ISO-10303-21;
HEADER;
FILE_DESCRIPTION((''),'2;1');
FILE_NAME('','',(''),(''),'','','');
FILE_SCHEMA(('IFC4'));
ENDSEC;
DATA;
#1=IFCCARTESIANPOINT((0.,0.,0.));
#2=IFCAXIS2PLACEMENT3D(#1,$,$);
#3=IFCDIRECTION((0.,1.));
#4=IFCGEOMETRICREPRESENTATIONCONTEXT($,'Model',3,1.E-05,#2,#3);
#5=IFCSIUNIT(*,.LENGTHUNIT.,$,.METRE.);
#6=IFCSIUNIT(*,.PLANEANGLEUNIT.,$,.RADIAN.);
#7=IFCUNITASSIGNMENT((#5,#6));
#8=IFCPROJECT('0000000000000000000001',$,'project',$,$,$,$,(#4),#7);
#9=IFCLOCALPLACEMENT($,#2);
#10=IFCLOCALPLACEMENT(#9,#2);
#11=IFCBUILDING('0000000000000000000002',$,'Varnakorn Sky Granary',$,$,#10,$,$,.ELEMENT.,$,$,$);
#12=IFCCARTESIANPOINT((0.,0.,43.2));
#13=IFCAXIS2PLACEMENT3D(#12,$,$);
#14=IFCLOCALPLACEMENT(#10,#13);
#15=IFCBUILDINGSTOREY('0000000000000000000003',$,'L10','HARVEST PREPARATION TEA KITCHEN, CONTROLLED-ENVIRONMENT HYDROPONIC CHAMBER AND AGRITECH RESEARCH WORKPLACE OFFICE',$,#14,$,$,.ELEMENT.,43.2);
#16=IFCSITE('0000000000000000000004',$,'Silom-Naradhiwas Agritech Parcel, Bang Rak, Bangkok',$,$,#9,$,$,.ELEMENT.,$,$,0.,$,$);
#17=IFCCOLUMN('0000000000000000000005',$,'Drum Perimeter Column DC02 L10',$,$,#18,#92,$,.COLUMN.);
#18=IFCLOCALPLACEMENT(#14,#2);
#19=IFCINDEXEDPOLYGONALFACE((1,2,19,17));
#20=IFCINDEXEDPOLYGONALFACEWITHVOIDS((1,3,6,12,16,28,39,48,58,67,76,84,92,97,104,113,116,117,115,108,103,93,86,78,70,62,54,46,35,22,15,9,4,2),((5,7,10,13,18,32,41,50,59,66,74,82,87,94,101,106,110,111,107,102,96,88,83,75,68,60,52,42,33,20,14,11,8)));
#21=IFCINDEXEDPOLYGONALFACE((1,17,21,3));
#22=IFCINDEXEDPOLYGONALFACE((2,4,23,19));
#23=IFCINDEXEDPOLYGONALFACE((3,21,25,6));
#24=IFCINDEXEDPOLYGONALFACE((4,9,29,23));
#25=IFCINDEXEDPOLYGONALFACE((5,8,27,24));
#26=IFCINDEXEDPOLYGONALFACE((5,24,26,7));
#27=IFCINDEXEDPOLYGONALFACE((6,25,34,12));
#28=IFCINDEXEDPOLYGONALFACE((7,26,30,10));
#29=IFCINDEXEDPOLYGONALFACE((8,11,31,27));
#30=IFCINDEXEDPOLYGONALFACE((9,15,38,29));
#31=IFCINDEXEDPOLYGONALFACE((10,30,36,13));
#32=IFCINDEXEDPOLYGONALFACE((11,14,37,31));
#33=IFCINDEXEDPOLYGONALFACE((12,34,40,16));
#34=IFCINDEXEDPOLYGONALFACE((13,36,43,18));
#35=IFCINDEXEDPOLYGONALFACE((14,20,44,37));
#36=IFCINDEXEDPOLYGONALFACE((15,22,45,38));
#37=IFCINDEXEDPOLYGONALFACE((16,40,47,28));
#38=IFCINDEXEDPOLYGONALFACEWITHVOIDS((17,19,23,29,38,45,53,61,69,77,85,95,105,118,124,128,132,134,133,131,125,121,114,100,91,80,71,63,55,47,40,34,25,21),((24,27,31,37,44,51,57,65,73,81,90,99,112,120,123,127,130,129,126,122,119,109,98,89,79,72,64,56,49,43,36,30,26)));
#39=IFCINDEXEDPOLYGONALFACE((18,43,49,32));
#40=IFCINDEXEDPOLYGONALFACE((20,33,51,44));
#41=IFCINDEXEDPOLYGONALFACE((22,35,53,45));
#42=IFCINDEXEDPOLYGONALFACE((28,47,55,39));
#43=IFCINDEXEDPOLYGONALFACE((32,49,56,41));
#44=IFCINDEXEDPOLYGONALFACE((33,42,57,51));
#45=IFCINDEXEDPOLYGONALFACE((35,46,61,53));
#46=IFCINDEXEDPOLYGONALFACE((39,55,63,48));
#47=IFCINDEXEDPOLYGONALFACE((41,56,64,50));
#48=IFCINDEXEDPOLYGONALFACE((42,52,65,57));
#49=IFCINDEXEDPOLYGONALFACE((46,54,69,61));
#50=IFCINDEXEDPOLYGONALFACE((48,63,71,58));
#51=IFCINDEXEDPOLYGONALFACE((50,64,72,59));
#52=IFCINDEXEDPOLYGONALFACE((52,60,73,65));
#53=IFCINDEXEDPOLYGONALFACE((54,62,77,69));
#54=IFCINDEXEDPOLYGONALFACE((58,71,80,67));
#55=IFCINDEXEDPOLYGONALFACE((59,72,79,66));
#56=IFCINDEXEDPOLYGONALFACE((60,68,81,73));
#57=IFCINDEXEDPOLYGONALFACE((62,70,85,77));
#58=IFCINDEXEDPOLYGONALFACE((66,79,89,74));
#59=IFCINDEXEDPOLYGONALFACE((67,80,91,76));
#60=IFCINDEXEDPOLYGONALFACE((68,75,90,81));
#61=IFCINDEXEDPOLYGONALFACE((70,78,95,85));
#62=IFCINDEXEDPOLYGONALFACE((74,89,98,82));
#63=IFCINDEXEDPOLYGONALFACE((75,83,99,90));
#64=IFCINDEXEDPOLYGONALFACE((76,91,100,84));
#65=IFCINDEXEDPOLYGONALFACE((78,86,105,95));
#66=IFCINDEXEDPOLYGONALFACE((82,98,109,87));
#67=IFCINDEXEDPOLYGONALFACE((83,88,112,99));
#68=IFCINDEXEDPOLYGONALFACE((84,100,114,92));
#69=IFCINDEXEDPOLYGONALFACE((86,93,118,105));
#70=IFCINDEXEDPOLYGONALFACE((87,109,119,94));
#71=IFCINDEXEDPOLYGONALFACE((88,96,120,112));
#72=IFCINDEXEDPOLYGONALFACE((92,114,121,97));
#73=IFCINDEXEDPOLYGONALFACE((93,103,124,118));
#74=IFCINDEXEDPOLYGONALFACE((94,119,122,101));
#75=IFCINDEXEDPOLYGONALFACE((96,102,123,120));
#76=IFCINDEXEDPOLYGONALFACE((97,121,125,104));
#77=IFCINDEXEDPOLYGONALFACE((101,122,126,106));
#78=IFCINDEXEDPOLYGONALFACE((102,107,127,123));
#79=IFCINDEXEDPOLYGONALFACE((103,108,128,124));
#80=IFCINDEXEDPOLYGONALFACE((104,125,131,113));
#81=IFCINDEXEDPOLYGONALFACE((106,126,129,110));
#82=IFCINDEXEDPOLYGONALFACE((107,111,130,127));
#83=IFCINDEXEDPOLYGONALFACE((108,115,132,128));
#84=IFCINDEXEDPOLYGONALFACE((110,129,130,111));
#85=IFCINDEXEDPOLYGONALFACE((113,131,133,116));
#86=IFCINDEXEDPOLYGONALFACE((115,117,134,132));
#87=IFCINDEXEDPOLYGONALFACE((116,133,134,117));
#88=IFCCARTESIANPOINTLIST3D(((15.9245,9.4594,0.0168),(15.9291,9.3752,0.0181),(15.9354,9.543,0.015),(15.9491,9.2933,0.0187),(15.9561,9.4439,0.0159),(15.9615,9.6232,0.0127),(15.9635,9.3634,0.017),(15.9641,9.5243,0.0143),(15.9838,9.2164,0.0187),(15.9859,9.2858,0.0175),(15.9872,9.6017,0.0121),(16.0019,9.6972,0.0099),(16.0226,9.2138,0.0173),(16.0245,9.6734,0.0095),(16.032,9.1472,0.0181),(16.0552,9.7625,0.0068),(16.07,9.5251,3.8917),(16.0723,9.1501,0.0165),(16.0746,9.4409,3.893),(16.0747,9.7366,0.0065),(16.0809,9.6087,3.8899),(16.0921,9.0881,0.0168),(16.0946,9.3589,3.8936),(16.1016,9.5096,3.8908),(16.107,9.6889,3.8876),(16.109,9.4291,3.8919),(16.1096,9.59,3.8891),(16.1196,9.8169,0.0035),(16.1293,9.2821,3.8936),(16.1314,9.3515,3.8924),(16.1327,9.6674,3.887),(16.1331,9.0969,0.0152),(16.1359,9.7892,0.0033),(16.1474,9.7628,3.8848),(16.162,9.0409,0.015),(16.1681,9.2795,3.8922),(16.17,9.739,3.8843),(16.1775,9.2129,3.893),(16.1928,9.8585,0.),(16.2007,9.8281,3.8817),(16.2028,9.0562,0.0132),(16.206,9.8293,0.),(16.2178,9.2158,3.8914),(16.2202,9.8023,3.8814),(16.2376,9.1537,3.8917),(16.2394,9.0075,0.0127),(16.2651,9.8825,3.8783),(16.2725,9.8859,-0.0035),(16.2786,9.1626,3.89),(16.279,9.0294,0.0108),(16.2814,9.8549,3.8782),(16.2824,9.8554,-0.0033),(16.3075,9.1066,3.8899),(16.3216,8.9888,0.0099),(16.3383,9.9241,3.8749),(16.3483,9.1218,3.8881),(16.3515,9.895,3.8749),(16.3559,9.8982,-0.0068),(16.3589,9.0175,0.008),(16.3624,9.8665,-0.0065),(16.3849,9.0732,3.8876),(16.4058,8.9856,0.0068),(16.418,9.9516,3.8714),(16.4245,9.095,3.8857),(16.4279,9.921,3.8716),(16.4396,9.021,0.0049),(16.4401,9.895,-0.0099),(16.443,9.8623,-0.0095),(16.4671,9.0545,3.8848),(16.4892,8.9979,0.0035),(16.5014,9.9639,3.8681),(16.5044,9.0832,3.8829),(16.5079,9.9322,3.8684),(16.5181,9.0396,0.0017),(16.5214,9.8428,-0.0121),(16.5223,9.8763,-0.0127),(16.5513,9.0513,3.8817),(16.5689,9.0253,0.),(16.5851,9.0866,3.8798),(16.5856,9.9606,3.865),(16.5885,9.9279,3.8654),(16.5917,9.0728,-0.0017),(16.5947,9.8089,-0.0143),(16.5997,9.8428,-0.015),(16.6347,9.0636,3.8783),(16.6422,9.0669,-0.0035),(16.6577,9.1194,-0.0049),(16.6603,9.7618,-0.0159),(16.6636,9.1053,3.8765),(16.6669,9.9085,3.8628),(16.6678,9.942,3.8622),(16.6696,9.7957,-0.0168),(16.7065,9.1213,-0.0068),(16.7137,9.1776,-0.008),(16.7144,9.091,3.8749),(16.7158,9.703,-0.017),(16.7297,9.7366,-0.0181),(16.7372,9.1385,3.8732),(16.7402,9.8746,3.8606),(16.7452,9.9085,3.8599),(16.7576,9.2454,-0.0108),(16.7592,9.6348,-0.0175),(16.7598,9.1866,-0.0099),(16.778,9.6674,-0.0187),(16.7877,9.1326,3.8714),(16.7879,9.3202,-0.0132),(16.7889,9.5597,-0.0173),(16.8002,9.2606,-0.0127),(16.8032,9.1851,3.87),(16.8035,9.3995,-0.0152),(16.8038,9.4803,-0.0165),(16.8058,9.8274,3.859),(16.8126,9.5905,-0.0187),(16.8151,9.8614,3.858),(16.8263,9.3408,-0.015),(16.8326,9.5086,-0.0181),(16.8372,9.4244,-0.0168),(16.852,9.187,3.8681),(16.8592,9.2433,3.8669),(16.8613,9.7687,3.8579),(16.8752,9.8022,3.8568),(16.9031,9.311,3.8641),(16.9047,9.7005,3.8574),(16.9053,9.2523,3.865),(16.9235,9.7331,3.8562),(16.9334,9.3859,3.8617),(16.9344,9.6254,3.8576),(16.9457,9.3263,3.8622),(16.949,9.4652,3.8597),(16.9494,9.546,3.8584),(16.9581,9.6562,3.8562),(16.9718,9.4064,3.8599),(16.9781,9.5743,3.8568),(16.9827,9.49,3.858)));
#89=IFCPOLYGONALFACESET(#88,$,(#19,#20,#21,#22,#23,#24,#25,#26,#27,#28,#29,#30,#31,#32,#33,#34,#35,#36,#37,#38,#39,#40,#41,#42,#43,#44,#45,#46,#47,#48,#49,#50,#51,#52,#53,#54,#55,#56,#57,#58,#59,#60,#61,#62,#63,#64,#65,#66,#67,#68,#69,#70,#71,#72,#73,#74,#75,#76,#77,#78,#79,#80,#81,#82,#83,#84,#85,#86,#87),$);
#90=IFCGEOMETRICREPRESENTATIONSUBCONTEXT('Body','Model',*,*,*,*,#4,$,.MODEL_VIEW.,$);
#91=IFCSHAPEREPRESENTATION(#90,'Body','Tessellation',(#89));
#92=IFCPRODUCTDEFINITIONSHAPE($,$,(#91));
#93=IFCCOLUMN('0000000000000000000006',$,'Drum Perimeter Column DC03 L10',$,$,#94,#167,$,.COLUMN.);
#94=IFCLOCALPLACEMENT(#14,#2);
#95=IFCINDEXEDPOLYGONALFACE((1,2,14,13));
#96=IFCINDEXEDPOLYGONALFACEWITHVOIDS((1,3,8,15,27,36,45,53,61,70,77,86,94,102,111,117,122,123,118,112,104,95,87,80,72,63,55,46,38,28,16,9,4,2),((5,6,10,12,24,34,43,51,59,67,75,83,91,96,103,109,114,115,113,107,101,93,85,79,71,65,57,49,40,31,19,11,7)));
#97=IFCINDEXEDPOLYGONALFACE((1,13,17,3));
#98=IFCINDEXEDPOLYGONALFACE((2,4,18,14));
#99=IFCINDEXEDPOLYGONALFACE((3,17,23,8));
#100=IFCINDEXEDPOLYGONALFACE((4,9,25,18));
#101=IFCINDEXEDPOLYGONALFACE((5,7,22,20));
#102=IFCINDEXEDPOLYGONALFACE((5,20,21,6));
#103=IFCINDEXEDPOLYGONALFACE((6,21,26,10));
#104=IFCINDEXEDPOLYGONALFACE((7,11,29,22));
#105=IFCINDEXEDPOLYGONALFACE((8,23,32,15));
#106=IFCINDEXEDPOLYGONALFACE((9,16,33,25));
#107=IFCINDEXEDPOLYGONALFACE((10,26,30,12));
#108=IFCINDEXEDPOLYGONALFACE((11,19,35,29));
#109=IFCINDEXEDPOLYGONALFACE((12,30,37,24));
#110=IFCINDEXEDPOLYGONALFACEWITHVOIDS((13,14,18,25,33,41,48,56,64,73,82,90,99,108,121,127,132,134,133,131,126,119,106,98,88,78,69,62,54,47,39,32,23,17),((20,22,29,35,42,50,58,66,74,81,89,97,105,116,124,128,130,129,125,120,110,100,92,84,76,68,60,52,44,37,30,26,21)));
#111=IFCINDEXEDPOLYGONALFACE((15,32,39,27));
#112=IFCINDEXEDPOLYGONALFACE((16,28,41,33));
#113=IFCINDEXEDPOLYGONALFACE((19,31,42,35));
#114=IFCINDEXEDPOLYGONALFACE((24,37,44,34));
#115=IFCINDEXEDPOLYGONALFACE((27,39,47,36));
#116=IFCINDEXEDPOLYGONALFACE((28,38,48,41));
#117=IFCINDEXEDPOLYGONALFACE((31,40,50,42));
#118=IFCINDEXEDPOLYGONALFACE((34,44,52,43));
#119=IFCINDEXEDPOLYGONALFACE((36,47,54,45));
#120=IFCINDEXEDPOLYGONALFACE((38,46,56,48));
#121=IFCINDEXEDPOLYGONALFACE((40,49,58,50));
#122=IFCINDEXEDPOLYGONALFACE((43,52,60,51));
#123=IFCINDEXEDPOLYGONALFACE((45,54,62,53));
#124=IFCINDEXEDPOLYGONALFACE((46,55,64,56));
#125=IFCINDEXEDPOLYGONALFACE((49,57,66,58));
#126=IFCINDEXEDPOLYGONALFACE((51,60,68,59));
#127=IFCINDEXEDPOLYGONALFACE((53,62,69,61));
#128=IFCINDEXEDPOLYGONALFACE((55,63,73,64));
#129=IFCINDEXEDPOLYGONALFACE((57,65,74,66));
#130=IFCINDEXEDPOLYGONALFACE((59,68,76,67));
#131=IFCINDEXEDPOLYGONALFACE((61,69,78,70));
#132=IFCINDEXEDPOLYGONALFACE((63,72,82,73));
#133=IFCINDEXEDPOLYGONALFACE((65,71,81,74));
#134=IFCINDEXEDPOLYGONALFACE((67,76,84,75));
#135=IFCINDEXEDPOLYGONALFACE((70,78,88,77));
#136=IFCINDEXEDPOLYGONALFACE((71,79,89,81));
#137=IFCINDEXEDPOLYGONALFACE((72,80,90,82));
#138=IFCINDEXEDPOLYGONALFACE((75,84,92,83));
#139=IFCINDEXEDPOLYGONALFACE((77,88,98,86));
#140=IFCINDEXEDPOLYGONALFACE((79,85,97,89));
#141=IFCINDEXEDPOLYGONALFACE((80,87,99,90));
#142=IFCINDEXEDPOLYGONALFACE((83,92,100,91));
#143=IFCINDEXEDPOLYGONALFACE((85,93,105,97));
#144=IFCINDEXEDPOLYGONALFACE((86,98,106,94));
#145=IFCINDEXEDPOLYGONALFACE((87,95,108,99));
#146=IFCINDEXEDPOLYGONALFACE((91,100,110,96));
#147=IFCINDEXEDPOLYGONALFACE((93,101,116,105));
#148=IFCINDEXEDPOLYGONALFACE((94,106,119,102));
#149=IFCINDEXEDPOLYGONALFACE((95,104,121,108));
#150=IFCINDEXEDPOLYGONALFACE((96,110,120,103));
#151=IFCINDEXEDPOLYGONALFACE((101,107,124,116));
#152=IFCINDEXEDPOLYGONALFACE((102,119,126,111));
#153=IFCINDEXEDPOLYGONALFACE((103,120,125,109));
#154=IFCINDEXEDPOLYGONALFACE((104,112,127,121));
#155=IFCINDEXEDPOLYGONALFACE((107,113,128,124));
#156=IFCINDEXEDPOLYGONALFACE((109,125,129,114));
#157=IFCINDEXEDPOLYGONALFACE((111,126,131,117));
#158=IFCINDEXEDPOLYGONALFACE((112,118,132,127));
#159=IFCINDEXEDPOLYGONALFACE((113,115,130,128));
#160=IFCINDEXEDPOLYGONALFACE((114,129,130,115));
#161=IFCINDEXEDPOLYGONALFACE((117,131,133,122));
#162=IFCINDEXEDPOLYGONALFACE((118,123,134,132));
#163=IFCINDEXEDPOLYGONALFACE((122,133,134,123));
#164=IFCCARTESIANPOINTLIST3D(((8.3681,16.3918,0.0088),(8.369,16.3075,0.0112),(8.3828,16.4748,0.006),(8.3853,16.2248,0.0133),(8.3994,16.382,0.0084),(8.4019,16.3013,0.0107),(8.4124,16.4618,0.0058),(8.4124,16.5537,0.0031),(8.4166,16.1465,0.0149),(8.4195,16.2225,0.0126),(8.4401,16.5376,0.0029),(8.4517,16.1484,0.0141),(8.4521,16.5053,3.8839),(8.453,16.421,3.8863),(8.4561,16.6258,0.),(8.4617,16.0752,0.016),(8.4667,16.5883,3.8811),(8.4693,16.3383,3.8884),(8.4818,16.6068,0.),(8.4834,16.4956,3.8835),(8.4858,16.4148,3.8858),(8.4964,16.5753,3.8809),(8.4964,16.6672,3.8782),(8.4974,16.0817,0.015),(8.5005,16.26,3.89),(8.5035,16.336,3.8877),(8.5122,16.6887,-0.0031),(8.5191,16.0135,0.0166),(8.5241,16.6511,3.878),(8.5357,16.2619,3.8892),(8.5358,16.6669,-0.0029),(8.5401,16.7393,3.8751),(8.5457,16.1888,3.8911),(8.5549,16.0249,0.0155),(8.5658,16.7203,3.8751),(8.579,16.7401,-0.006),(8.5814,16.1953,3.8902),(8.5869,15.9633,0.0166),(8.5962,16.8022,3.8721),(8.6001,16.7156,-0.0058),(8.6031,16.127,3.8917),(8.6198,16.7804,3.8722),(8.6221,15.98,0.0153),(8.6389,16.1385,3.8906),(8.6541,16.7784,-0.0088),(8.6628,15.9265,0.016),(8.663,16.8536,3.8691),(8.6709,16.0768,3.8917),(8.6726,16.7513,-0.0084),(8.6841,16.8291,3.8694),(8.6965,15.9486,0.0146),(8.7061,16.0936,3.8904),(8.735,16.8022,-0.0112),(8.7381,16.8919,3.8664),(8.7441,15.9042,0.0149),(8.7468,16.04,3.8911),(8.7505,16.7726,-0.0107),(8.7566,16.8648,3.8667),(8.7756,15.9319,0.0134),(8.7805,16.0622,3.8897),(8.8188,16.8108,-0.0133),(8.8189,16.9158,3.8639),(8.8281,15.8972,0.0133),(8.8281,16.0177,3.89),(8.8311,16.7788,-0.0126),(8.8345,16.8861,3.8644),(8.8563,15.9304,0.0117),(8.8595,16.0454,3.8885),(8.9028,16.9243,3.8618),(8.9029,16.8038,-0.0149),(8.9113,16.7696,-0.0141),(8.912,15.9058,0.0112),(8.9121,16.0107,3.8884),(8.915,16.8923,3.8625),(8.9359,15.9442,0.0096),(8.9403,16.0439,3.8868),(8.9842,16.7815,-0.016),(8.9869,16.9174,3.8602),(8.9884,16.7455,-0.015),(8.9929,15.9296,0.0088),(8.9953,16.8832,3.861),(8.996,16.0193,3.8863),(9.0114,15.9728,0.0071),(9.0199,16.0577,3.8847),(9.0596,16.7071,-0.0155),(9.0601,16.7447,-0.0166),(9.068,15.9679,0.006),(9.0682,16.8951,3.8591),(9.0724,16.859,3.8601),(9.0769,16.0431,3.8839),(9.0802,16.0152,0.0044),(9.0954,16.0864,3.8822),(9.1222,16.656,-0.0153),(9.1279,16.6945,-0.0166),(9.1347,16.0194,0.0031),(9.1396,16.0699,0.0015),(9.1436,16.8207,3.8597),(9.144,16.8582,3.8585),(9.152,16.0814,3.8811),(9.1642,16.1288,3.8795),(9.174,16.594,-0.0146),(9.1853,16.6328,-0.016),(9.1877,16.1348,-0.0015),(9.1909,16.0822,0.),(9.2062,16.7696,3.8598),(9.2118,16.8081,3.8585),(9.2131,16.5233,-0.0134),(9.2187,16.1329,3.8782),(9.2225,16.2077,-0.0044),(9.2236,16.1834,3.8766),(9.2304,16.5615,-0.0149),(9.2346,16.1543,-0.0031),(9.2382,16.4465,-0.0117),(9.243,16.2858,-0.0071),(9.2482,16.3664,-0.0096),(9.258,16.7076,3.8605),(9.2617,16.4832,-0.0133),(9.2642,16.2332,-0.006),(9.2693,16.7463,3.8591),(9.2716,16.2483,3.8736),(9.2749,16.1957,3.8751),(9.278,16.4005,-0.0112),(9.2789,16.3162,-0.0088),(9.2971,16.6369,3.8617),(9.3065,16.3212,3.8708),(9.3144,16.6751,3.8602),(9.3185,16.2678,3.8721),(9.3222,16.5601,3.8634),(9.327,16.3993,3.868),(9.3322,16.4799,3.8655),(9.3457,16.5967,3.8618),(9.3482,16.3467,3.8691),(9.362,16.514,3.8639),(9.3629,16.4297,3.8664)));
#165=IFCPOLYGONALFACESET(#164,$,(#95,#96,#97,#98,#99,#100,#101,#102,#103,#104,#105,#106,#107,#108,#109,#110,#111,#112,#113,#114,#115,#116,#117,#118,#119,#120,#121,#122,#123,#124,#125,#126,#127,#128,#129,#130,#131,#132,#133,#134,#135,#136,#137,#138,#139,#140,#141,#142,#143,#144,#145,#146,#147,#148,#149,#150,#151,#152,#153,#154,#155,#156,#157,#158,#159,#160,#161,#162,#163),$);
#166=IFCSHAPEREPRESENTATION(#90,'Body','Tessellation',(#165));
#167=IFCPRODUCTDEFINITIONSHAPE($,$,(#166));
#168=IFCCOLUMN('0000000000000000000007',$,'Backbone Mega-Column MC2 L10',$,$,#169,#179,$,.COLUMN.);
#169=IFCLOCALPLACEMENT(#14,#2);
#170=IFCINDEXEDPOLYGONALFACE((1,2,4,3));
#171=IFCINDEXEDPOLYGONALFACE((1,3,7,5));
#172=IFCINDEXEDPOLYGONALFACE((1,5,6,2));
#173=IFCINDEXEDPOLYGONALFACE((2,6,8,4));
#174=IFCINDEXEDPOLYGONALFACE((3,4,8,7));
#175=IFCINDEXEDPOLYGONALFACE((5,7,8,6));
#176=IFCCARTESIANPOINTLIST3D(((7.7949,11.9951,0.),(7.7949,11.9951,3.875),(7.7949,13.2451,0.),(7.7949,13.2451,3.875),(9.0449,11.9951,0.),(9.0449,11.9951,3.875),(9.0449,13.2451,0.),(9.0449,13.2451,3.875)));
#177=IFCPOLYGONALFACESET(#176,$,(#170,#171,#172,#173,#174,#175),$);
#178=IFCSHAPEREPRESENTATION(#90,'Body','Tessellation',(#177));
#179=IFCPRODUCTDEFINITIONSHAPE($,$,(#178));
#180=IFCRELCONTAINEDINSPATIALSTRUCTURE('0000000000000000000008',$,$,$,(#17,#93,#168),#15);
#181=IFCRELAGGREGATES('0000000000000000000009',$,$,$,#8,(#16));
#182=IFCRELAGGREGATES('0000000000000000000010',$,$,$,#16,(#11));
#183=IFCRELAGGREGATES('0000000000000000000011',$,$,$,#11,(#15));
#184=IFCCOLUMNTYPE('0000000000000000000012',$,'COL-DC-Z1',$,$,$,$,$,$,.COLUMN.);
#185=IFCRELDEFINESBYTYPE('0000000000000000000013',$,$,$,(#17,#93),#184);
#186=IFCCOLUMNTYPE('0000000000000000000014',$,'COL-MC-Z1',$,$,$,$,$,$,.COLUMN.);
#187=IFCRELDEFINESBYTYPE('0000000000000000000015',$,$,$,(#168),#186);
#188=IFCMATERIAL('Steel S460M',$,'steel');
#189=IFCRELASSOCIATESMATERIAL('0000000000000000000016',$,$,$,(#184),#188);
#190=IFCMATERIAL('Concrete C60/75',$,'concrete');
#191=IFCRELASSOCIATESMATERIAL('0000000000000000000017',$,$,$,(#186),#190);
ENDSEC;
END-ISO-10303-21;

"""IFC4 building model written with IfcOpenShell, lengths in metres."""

from ifc_helpers import new_model, si_unit, direction, frame, origin, origin_2d, place, context, subcontext, project, spatial, rectangle, hollow_circle, extrude, material, material_profile, profile_set, type_object, element, save


model = new_model("IFC4")

# Units and contexts
model_context = context("Model", 3, precision=1e-05, world=origin(), true_north=direction((0.0, 1.0)))
body_context = subcontext(model_context, "Body", "Model", "MODEL_VIEW")
ifc_project = project(units=[si_unit("LENGTHUNIT", "METRE"), si_unit("PLANEANGLEUNIT", "RADIAN")], contexts=[model_context])

# Site, building, storey
site_placement = place(None, origin())
site = spatial("IfcSite", under=ifc_project, at=site_placement, Name="Silom-Naradhiwas Agritech Parcel, Bang Rak, Bangkok", CompositionType="ELEMENT", RefElevation=0.0)
building_placement = place(site_placement, origin())
building = spatial("IfcBuilding", under=site, at=building_placement, Name="Varnakorn Sky Granary", CompositionType="ELEMENT")
storey_placement = place(building_placement, frame((0.0, 0.0, 43.2)))
storey = spatial("IfcBuildingStorey", under=building, at=storey_placement, Name="L10", Description="HARVEST PREPARATION TEA KITCHEN, CONTROLLED-ENVIRONMENT HYDROPONIC CHAMBER AND AGRITECH RESEARCH WORKPLACE OFFICE", CompositionType="ELEMENT", Elevation=43.2)

# Columns
ifc_material_1 = material(Name="Steel S460M", Category="steel")
ifc_material_profile_1 = material_profile(ifc_material_1, hollow_circle(Radius=0.457, WallThickness=0.032, at=origin_2d()), Name="CHS 914x32")
ifc_profile_set_1 = profile_set([ifc_material_profile_1], Name="Steel S460M")
column_type_1 = type_object("IfcColumnType", Name="COL-DC-Z1", PredefinedType="COLUMN", material=ifc_profile_set_1)
column_1_placement = place(storey_placement, frame((16.3809, 9.4419, 0.0), z_axis=(0.037519, 0.016934, 0.999152), x_axis=(-0.411382, 0.911463, 0.0)))
element("IfcColumn", 1, at=column_1_placement, inside=storey, type_object=column_type_1, Name="Drum Perimeter Column DC02 L10", PredefinedType="COLUMN", context=body_context, shape_type="SweptSolid", body=[
    extrude(hollow_circle(Radius=0.457, WallThickness=0.032, at=origin_2d()), origin(), (0.0, 0.0, 1.0), 3.8782),
])
column_2_placement = place(storey_placement, frame((8.8235, 16.354, 0.0), z_axis=(0.021659, 0.029277, 0.999337), x_axis=(-0.803925, 0.594731, 0.0)))
element("IfcColumn", 2, at=column_2_placement, inside=storey, type_object=column_type_1, Name="Drum Perimeter Column DC03 L10", PredefinedType="COLUMN", context=body_context, shape_type="SweptSolid", body=[
    extrude(hollow_circle(Radius=0.457, WallThickness=0.032, at=origin_2d()), origin(), (0.0, 0.0, 1.0), 3.8777),
])
ifc_material_2 = material(Name="Concrete C60/75", Category="concrete")
ifc_material_profile_2 = material_profile(ifc_material_2, rectangle(XDim=1.25, YDim=1.25, at=origin_2d()), Name="RC 1250x1250")
ifc_profile_set_2 = profile_set([ifc_material_profile_2], Name="Concrete C60/75")
column_type_2 = type_object("IfcColumnType", Name="COL-MC-Z1", PredefinedType="COLUMN", material=ifc_profile_set_2)
column_3_placement = place(storey_placement, frame((8.4199, 12.6201, 0.0), z_axis=(0.0, 0.0, 1.0), x_axis=(1.0, 0.0, 0.0)))
element("IfcColumn", 3, at=column_3_placement, inside=storey, type_object=column_type_2, Name="Backbone Mega-Column MC2 L10", PredefinedType="COLUMN", context=body_context, shape_type="SweptSolid", body=[
    extrude(rectangle(XDim=1.25, YDim=1.25, at=origin_2d()), origin(), (0.0, 0.0, 1.0), 3.875),
])

save(model, "model.ifc")
